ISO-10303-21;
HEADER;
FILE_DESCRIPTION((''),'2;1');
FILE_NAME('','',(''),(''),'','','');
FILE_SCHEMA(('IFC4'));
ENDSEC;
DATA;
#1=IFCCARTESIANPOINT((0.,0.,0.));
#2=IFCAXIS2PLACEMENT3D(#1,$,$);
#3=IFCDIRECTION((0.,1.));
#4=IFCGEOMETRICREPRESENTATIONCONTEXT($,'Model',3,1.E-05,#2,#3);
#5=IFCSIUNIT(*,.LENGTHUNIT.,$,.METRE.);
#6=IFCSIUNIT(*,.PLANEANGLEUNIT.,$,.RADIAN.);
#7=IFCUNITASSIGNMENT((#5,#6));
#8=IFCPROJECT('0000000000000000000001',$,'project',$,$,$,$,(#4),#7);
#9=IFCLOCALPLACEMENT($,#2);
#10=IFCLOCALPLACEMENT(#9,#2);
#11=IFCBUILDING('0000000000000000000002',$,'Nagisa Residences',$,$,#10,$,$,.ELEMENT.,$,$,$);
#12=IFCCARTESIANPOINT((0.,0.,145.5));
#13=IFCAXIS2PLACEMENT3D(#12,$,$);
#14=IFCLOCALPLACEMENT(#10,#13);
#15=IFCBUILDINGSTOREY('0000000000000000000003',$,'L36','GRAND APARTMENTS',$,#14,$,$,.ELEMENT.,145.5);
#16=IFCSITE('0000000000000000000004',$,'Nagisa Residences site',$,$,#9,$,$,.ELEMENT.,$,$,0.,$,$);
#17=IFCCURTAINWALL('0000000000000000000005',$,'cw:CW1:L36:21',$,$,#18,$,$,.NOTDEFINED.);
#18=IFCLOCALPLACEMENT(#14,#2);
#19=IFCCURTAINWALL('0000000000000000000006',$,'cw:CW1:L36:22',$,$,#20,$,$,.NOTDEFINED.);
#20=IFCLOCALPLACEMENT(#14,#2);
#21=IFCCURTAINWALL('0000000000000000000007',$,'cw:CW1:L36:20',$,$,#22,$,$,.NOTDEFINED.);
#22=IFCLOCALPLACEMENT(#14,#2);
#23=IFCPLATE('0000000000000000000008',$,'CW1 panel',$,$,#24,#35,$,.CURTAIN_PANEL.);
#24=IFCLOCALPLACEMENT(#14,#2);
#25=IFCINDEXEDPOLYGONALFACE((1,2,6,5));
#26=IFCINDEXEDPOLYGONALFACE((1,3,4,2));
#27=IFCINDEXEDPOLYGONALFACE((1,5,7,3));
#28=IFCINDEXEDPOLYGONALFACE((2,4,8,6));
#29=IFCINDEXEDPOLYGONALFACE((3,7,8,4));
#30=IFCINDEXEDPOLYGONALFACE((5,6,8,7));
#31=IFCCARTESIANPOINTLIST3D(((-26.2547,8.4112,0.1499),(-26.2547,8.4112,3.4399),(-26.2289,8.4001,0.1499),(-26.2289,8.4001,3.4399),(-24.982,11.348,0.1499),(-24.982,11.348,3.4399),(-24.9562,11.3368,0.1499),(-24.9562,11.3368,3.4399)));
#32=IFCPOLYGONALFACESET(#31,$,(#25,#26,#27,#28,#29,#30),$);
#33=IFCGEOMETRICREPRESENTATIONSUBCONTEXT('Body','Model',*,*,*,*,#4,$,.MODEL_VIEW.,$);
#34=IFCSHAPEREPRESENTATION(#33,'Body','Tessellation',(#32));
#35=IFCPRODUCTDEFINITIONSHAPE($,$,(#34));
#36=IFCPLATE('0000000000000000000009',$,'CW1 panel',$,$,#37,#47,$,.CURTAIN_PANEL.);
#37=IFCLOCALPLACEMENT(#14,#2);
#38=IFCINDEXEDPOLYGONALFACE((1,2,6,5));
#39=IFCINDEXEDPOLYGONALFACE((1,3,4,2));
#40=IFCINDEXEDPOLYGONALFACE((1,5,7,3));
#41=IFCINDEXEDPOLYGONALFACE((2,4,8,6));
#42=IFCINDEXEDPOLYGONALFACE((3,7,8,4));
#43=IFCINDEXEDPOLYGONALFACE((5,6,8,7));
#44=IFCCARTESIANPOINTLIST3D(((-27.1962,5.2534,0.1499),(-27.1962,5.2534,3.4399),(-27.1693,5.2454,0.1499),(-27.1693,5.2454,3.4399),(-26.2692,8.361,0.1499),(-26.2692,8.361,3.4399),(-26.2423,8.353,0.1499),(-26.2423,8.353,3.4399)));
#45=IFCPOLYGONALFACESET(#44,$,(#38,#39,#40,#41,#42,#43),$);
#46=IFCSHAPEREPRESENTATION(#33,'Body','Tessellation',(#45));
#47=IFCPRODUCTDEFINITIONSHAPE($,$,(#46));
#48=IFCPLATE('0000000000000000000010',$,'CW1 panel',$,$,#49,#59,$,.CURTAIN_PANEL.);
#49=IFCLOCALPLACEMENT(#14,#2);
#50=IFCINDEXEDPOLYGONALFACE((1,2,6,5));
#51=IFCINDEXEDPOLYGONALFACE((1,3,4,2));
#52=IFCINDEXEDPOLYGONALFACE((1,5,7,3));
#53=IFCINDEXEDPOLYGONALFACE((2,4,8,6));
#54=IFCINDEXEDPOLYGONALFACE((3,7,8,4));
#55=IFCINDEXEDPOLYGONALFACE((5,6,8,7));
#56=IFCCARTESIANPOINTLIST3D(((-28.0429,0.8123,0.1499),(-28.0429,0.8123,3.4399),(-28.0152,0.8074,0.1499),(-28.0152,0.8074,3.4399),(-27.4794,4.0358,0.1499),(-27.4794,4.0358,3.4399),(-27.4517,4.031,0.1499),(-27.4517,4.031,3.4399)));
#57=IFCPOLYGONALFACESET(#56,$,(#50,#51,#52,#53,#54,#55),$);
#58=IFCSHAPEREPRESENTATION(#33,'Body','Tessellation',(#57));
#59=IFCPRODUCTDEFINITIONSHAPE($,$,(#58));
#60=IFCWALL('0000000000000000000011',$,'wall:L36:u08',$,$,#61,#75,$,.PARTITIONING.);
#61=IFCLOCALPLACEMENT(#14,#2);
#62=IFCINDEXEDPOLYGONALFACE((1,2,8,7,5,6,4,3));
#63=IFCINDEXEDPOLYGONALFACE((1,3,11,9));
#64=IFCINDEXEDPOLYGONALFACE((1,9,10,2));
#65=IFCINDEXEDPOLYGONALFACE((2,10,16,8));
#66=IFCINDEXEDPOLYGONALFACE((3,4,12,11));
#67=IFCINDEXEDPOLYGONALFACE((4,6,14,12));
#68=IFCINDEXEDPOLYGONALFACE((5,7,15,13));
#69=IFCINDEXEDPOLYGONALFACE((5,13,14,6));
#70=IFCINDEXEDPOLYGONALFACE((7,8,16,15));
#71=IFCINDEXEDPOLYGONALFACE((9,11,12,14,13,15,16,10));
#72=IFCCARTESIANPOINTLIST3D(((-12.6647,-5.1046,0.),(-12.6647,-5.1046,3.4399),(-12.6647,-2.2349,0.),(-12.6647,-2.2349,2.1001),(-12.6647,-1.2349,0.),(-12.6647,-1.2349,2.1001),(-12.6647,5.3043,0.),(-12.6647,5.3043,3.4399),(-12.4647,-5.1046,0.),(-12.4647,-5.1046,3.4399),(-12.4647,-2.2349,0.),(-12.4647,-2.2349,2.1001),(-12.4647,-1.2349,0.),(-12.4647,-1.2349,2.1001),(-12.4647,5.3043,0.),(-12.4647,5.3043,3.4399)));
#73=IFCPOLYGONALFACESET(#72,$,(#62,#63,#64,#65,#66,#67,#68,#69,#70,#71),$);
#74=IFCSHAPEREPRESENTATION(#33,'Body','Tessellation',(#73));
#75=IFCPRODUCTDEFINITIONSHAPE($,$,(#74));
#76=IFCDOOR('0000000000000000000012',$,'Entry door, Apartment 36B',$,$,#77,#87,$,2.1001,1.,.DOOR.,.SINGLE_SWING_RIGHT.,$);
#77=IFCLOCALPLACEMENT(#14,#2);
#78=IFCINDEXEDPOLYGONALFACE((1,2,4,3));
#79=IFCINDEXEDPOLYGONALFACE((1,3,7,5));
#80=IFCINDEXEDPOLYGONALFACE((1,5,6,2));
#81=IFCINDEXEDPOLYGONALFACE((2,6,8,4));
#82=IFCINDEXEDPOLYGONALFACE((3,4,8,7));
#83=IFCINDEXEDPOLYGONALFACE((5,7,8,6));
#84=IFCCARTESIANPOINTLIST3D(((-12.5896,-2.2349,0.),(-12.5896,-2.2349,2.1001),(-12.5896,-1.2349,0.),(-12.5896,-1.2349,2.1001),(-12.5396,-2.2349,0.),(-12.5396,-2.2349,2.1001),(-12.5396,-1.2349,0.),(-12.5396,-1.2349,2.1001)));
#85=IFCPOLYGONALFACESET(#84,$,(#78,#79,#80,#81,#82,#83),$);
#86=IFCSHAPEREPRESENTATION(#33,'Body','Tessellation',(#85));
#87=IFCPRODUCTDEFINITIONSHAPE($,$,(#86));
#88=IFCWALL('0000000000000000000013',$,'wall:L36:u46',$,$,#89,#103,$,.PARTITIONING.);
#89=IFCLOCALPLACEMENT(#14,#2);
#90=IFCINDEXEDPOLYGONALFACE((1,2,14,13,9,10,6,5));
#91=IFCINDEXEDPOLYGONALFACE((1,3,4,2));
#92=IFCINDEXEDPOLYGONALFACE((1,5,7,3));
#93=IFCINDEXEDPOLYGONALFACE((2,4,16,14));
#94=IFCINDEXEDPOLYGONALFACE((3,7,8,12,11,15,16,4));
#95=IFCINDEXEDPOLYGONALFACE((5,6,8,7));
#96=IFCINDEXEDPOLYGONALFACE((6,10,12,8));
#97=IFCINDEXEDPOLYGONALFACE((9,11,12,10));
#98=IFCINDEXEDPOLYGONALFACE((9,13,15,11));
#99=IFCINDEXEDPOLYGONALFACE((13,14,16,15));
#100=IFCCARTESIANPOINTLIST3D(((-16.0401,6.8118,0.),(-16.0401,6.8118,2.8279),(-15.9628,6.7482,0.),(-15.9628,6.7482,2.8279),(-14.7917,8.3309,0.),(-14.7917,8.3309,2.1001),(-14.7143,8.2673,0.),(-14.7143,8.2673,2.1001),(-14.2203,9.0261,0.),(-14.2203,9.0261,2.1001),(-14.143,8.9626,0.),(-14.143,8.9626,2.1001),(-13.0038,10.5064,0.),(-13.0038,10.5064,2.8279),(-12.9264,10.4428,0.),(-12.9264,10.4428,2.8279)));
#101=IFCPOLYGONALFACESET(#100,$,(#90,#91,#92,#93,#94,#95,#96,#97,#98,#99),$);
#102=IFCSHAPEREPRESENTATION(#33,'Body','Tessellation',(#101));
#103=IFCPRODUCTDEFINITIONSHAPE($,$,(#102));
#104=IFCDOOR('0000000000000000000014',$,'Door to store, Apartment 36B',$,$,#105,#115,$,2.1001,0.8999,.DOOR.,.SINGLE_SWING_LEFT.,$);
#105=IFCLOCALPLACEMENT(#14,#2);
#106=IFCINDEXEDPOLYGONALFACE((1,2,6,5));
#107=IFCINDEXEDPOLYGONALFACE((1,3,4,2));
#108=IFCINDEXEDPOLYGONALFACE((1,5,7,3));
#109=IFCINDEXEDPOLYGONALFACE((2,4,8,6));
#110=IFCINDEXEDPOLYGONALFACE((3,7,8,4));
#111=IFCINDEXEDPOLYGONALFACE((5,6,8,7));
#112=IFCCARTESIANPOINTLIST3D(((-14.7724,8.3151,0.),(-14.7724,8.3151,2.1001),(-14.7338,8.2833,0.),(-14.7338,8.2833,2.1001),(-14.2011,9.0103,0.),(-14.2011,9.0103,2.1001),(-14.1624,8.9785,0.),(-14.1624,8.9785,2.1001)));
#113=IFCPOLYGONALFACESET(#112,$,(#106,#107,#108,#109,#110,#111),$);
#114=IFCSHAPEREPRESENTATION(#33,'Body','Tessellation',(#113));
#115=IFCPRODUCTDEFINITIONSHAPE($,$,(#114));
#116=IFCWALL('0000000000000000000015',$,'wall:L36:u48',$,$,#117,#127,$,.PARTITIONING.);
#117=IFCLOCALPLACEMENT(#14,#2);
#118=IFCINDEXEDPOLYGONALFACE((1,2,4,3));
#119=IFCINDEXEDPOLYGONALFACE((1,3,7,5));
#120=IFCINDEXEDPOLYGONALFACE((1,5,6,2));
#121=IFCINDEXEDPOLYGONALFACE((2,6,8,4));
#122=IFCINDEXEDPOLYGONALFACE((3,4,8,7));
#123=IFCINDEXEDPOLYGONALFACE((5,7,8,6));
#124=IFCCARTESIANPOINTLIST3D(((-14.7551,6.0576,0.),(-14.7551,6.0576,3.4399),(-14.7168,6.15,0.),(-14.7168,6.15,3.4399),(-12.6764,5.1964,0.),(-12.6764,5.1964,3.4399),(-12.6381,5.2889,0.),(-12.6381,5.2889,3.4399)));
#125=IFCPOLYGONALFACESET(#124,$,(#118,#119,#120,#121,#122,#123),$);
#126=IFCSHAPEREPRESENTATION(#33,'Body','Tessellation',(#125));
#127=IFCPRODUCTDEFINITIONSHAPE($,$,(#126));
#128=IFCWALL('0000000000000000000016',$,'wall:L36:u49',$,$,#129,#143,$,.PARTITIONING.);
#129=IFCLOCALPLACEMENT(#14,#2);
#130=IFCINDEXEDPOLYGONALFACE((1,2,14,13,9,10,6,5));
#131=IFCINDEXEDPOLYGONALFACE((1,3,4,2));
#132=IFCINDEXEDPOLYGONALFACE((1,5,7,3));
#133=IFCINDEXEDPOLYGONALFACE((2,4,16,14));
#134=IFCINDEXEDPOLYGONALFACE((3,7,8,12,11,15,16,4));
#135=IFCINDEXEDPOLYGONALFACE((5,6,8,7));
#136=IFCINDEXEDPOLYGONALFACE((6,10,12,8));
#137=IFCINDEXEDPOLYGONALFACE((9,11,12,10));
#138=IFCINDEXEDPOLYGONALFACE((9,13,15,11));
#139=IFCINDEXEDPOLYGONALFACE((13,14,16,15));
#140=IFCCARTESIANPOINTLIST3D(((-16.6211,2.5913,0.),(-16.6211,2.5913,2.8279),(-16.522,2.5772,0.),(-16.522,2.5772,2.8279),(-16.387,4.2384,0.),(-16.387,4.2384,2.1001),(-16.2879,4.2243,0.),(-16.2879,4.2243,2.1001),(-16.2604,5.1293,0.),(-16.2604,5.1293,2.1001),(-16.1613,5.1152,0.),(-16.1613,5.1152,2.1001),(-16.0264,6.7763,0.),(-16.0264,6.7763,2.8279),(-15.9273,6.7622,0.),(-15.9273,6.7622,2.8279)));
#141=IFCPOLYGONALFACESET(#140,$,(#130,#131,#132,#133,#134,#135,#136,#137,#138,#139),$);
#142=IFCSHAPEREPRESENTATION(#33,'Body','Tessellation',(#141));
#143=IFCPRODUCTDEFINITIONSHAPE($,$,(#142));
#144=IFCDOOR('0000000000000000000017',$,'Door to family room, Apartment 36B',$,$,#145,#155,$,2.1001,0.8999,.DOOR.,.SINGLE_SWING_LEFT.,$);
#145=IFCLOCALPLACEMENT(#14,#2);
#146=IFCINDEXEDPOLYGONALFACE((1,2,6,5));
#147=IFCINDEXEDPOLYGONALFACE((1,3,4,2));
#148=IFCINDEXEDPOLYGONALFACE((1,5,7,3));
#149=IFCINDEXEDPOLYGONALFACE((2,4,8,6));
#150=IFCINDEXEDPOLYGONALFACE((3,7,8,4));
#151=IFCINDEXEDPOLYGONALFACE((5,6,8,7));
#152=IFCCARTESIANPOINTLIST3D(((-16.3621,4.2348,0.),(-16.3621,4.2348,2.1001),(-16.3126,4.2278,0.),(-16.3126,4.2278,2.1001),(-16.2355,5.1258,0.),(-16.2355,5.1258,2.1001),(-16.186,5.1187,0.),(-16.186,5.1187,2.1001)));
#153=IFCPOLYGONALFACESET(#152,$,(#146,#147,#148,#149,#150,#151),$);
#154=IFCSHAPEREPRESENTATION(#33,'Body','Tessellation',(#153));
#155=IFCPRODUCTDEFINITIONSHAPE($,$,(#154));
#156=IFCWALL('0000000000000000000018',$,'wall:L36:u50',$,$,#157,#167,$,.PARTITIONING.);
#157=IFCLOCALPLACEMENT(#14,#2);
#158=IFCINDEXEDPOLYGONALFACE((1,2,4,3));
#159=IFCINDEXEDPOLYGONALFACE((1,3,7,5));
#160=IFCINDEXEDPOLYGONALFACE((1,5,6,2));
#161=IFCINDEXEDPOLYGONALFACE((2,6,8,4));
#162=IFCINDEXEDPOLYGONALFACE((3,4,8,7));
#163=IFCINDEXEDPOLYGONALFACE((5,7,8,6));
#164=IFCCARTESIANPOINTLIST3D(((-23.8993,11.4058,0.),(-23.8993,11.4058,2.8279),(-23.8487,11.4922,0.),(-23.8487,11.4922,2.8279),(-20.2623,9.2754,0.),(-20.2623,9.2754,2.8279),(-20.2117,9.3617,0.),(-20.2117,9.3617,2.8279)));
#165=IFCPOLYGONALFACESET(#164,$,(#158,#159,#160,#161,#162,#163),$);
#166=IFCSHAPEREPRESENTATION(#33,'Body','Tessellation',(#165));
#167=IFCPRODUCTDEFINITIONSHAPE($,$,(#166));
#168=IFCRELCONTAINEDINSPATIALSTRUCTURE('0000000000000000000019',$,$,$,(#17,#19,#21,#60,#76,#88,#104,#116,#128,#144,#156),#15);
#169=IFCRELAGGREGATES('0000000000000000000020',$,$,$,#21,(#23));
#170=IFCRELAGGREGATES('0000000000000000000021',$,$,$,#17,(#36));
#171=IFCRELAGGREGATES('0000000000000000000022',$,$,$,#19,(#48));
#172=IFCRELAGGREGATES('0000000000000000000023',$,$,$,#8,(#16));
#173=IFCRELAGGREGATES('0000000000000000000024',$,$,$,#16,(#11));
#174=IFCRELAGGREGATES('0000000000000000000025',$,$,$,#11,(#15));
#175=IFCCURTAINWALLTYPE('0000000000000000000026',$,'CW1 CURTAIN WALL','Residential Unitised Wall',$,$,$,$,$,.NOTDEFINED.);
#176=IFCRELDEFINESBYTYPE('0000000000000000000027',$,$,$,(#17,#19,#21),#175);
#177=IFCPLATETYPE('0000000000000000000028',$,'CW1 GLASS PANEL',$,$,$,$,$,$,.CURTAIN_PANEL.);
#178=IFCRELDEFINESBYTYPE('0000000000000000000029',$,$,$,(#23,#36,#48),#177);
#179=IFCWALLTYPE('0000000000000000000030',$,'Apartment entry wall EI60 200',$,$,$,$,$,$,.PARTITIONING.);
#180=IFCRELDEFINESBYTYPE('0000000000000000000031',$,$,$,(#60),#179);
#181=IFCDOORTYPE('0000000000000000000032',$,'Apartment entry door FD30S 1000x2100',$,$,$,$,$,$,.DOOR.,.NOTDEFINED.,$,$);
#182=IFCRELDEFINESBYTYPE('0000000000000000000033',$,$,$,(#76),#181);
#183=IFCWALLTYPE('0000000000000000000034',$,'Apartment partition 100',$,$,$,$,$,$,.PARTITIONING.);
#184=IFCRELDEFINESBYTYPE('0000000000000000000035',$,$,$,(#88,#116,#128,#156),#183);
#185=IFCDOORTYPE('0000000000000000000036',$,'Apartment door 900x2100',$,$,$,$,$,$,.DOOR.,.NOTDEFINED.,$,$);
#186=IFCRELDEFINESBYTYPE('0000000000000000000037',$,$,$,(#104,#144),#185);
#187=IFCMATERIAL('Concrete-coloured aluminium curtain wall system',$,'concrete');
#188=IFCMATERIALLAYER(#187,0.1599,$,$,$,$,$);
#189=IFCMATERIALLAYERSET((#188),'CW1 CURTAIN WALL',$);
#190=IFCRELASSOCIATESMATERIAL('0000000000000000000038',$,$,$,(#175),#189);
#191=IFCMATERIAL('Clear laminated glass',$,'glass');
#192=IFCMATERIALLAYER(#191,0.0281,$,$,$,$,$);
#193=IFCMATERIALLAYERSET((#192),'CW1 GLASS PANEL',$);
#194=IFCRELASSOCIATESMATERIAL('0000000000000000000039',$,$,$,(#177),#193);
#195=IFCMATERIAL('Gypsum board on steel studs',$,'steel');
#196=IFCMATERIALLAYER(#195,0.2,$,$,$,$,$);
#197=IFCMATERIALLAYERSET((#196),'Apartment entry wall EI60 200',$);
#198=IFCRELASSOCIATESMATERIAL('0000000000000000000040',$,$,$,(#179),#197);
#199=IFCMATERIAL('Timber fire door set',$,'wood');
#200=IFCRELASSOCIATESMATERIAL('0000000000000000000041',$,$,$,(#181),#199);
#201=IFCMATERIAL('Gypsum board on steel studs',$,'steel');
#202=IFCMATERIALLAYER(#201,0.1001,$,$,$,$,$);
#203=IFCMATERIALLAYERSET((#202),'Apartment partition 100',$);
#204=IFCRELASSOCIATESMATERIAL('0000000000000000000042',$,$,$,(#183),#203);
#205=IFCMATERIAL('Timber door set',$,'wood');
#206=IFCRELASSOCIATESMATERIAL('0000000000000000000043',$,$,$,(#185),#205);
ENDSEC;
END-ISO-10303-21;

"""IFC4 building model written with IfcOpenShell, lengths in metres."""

from ifc_helpers import new_model, si_unit, direction, frame, frame_2d, origin, origin_2d, place, context, subcontext, project, spatial, rectangle, extrude, material, layer, layer_set, type_object, element, fill, aggregate, save


model = new_model("IFC4")

# Units and contexts
model_context = context("Model", 3, precision=1e-05, world=origin(), true_north=direction((0.0, 1.0)))
body_context = subcontext(model_context, "Body", "Model", "MODEL_VIEW")
ifc_project = project(units=[si_unit("LENGTHUNIT", "METRE"), si_unit("PLANEANGLEUNIT", "RADIAN")], contexts=[model_context])

# Site, building, storey
site_placement = place(None, origin())
site = spatial("IfcSite", under=ifc_project, at=site_placement, Name="Nagisa Residences site", CompositionType="ELEMENT", RefElevation=0.0)
building_placement = place(site_placement, origin())
building = spatial("IfcBuilding", under=site, at=building_placement, Name="Nagisa Residences", CompositionType="ELEMENT")
storey_placement = place(building_placement, frame((0.0, 0.0, 145.5)))
storey = spatial("IfcBuildingStorey", under=building, at=storey_placement, Name="L36", Description="GRAND APARTMENTS", CompositionType="ELEMENT", Elevation=145.5)

# Curtain walls
ifc_material_1 = material(Name="Concrete-coloured aluminium curtain wall system", Category="concrete")
ifc_layer_1 = layer(ifc_material_1, 0.1599)
ifc_layer_set_1 = layer_set([ifc_layer_1], Name="CW1 CURTAIN WALL")
curtain_wall_type = type_object("IfcCurtainWallType", Name="CW1 CURTAIN WALL", Description="Residential Unitised Wall", PredefinedType="NOTDEFINED", material=ifc_layer_set_1)
curtain_wall_1_placement = place(storey_placement, origin())
curtain_wall_1 = element("IfcCurtainWall", 1, at=curtain_wall_1_placement, inside=storey, type_object=curtain_wall_type, Name="cw:CW1:L36:21", PredefinedType="NOTDEFINED")
curtain_wall_2_placement = place(storey_placement, origin())
curtain_wall_2 = element("IfcCurtainWall", 2, at=curtain_wall_2_placement, inside=storey, type_object=curtain_wall_type, Name="cw:CW1:L36:22", PredefinedType="NOTDEFINED")

# Curtain wall, plate
curtain_wall_3_placement = place(storey_placement, origin())
curtain_wall_3 = element("IfcCurtainWall", 3, at=curtain_wall_3_placement, inside=storey, type_object=curtain_wall_type, Name="cw:CW1:L36:20", PredefinedType="NOTDEFINED")
ifc_material_2 = material(Name="Clear laminated glass", Category="glass")
ifc_layer_2 = layer(ifc_material_2, 0.0281)
ifc_layer_set_2 = layer_set([ifc_layer_2], Name="CW1 GLASS PANEL")
plate_type = type_object("IfcPlateType", Name="CW1 GLASS PANEL", PredefinedType="CURTAIN_PANEL", material=ifc_layer_set_2)
plate_1_placement = place(storey_placement, frame((-25.6055, 9.874, 0.1499), z_axis=(0.0, 0.0, 1.0), x_axis=(-0.397636, -0.917543, 0.0)))
plate_1 = element("IfcPlate", 4, at=plate_1_placement, type_object=plate_type, Name="CW1 panel", PredefinedType="CURTAIN_PANEL", context=body_context, shape_type="SweptSolid", body=[
    extrude(rectangle(XDim=3.2007, YDim=0.0281, at=origin_2d()), origin(), (0.0, 0.0, 1.0), 3.29),
])
aggregate(curtain_wall_3, [plate_1])

# Plates
plate_2_placement = place(storey_placement, frame((-26.7192, 6.8032, 0.1499), z_axis=(0.0, 0.0, 1.0), x_axis=(-0.28586, -0.958271, 0.0)))
plate_2 = element("IfcPlate", 5, at=plate_2_placement, type_object=plate_type, Name="CW1 panel", PredefinedType="CURTAIN_PANEL", context=body_context, shape_type="SweptSolid", body=[
    extrude(rectangle(XDim=3.2429, YDim=0.0281, at=origin_2d()), origin(), (0.0, 0.0, 1.0), 3.29),
])
aggregate(curtain_wall_1, [plate_2])
plate_3_placement = place(storey_placement, frame((-27.7473, 2.4216, 0.1499), z_axis=(0.0, 0.0, 1.0), x_axis=(-0.172191, -0.985064, 0.0)))
plate_3 = element("IfcPlate", 6, at=plate_3_placement, type_object=plate_type, Name="CW1 panel", PredefinedType="CURTAIN_PANEL", context=body_context, shape_type="SweptSolid", body=[
    extrude(rectangle(XDim=3.2725, YDim=0.0281, at=origin_2d()), origin(), (0.0, 0.0, 1.0), 3.29),
])
aggregate(curtain_wall_2, [plate_3])

# Walls, openings, doors
ifc_material_3 = material(Name="Gypsum board on steel studs", Category="steel")
ifc_layer_3 = layer(ifc_material_3, 0.2)
ifc_layer_set_3 = layer_set([ifc_layer_3], Name="Apartment entry wall EI60 200")
wall_type_1 = type_object("IfcWallType", Name="Apartment entry wall EI60 200", PredefinedType="PARTITIONING", material=ifc_layer_set_3)
wall_1_placement = place(storey_placement, frame((-12.5647, 5.3044, 0.0), z_axis=(0.0, 0.0, 1.0), x_axis=(0.0, -1.0, 0.0)))
wall_1 = element("IfcWall", 7, at=wall_1_placement, inside=storey, type_object=wall_type_1, Name="wall:L36:u08", PredefinedType="PARTITIONING", context=body_context, shape_type="SweptSolid", body=[
    extrude(rectangle(XDim=10.4089, YDim=0.2, at=frame_2d((5.2046, 0.0))), origin(), (0.0, 0.0, 1.0), 3.4399),
])
opening_1_placement = place(wall_1_placement, frame((6.5393, 0.0, 0.0)))
opening_1 = element("IfcOpeningElement", 8, at=opening_1_placement, cuts=wall_1, PredefinedType="OPENING", context=body_context, shape_type="SweptSolid", body=[
    extrude(rectangle(XDim=1.0, YDim=2.1001, at=frame_2d((0.5, 1.05))), frame((0.0, 0.1099, 0.0), z_axis=(0.0, -1.0, 0.0), x_axis=(1.0, 0.0, 0.0)), (0.0, 0.0, 1.0), 0.22),
])
ifc_material_4 = material(Name="Timber fire door set", Category="wood")
door_type_1 = type_object("IfcDoorType", Name="Apartment entry door FD30S 1000x2100", OperationType="NOTDEFINED", PredefinedType="DOOR", material=ifc_material_4)
door_1_placement = place(opening_1_placement, frame((1.0, 0.0, 0.0), x_axis=(-1.0, 0.0, 0.0)))
door_1 = element("IfcDoor", 9, at=door_1_placement, inside=storey, type_object=door_type_1, Name="Entry door, Apartment 36B", OperationType="SINGLE_SWING_RIGHT", OverallHeight=2.1001, OverallWidth=1.0, PredefinedType="DOOR", context=body_context, shape_type="SweptSolid", body=[
    extrude(rectangle(XDim=1.0, YDim=2.1001, at=frame_2d((0.5, 1.05))), frame((0.0, 0.0249, 0.0), z_axis=(0.0, -1.0, 0.0), x_axis=(1.0, 0.0, 0.0)), (0.0, 0.0, 1.0), 0.05),
])
fill(opening_1, door_1)
ifc_material_5 = material(Name="Gypsum board on steel studs", Category="steel")
ifc_layer_4 = layer(ifc_material_5, 0.1001)
ifc_layer_set_4 = layer_set([ifc_layer_4], Name="Apartment partition 100")
wall_type_2 = type_object("IfcWallType", Name="Apartment partition 100", PredefinedType="PARTITIONING", material=ifc_layer_set_4)
wall_2_placement = place(storey_placement, frame((-12.9651, 10.4746, 0.0), z_axis=(0.0, 0.0, 1.0), x_axis=(-0.634932, -0.772568, 0.0)))
wall_2 = element("IfcWall", 10, at=wall_2_placement, inside=storey, type_object=wall_type_2, Name="wall:L36:u46", PredefinedType="PARTITIONING", context=body_context, shape_type="SweptSolid", body=[
    extrude(rectangle(XDim=4.7822, YDim=0.1001, at=frame_2d((2.3911, 0.0))), origin(), (0.0, 0.0, 1.0), 2.8279),
])
opening_2_placement = place(wall_2_placement, frame((1.916, 0.0, 0.0)))
opening_2 = element("IfcOpeningElement", 11, at=opening_2_placement, cuts=wall_2, PredefinedType="OPENING", context=body_context, shape_type="SweptSolid", body=[
    extrude(rectangle(XDim=0.8999, YDim=2.1001, at=frame_2d((0.45, 1.05))), frame((0.0, 0.0601, 0.0), z_axis=(0.0, -1.0, 0.0), x_axis=(1.0, 0.0, 0.0)), (0.0, 0.0, 1.0), 0.1201),
])
ifc_material_6 = material(Name="Timber door set", Category="wood")
door_type_2 = type_object("IfcDoorType", Name="Apartment door 900x2100", OperationType="NOTDEFINED", PredefinedType="DOOR", material=ifc_material_6)
door_2_placement = place(opening_2_placement, origin())
door_2 = element("IfcDoor", 12, at=door_2_placement, inside=storey, type_object=door_type_2, Name="Door to store, Apartment 36B", OperationType="SINGLE_SWING_LEFT", OverallHeight=2.1001, OverallWidth=0.8999, PredefinedType="DOOR", context=body_context, shape_type="SweptSolid", body=[
    extrude(rectangle(XDim=0.8999, YDim=2.1001, at=frame_2d((0.45, 1.05))), frame((0.0, 0.0249, 0.0), z_axis=(0.0, -1.0, 0.0), x_axis=(1.0, 0.0, 0.0)), (0.0, 0.0, 1.0), 0.05),
])
fill(opening_2, door_2)

# Wall
wall_3_placement = place(storey_placement, frame((-12.6572, 5.2427, 0.0), z_axis=(0.0, 0.0, 1.0), x_axis=(-0.923865, 0.382719, 0.0)))
element("IfcWall", 13, at=wall_3_placement, inside=storey, type_object=wall_type_2, Name="wall:L36:u48", PredefinedType="PARTITIONING", context=body_context, shape_type="SweptSolid", body=[
    extrude(rectangle(XDim=2.25, YDim=0.1001, at=frame_2d((1.125, 0.0))), origin(), (0.0, 0.0, 1.0), 3.4399),
])

# Wall, opening, door
wall_4_placement = place(storey_placement, frame((-15.9768, 6.7693, 0.0), z_axis=(0.0, 0.0, 1.0), x_axis=(-0.140694, -0.990053, 0.0)))
wall_4 = element("IfcWall", 14, at=wall_4_placement, inside=storey, type_object=wall_type_2, Name="wall:L36:u49", PredefinedType="PARTITIONING", context=body_context, shape_type="SweptSolid", body=[
    extrude(rectangle(XDim=4.2271, YDim=0.1001, at=frame_2d((2.1135, 0.0))), origin(), (0.0, 0.0, 1.0), 2.8279),
])
opening_3_placement = place(wall_4_placement, frame((1.6636, 0.0, 0.0)))
opening_3 = element("IfcOpeningElement", 15, at=opening_3_placement, cuts=wall_4, PredefinedType="OPENING", context=body_context, shape_type="SweptSolid", body=[
    extrude(rectangle(XDim=0.8999, YDim=2.1001, at=frame_2d((0.45, 1.05))), frame((0.0, 0.0601, 0.0), z_axis=(0.0, -1.0, 0.0), x_axis=(1.0, 0.0, 0.0)), (0.0, 0.0, 1.0), 0.1201),
])
door_3_placement = place(opening_3_placement, frame((0.8999, 0.0, 0.0), x_axis=(-1.0, 0.0, 0.0)))
door_3 = element("IfcDoor", 16, at=door_3_placement, inside=storey, type_object=door_type_2, Name="Door to family room, Apartment 36B", OperationType="SINGLE_SWING_LEFT", OverallHeight=2.1001, OverallWidth=0.8999, PredefinedType="DOOR", context=body_context, shape_type="SweptSolid", body=[
    extrude(rectangle(XDim=0.8999, YDim=2.1001, at=frame_2d((0.45, 1.05))), frame((0.0, 0.0249, 0.0), z_axis=(0.0, -1.0, 0.0), x_axis=(1.0, 0.0, 0.0)), (0.0, 0.0, 1.0), 0.05),
])
fill(opening_3, door_3)

# Wall
wall_5_placement = place(storey_placement, frame((-20.2371, 9.3186, 0.0), z_axis=(0.0, 0.0, 1.0), x_axis=(-0.862868, 0.50543, 0.0)))
element("IfcWall", 17, at=wall_5_placement, inside=storey, type_object=wall_type_2, Name="wall:L36:u50", PredefinedType="PARTITIONING", context=body_context, shape_type="SweptSolid", body=[
    extrude(rectangle(XDim=4.2151, YDim=0.1001, at=frame_2d((2.1074, 0.0))), origin(), (0.0, 0.0, 1.0), 2.8279),
])

save(model, "model.ifc")
